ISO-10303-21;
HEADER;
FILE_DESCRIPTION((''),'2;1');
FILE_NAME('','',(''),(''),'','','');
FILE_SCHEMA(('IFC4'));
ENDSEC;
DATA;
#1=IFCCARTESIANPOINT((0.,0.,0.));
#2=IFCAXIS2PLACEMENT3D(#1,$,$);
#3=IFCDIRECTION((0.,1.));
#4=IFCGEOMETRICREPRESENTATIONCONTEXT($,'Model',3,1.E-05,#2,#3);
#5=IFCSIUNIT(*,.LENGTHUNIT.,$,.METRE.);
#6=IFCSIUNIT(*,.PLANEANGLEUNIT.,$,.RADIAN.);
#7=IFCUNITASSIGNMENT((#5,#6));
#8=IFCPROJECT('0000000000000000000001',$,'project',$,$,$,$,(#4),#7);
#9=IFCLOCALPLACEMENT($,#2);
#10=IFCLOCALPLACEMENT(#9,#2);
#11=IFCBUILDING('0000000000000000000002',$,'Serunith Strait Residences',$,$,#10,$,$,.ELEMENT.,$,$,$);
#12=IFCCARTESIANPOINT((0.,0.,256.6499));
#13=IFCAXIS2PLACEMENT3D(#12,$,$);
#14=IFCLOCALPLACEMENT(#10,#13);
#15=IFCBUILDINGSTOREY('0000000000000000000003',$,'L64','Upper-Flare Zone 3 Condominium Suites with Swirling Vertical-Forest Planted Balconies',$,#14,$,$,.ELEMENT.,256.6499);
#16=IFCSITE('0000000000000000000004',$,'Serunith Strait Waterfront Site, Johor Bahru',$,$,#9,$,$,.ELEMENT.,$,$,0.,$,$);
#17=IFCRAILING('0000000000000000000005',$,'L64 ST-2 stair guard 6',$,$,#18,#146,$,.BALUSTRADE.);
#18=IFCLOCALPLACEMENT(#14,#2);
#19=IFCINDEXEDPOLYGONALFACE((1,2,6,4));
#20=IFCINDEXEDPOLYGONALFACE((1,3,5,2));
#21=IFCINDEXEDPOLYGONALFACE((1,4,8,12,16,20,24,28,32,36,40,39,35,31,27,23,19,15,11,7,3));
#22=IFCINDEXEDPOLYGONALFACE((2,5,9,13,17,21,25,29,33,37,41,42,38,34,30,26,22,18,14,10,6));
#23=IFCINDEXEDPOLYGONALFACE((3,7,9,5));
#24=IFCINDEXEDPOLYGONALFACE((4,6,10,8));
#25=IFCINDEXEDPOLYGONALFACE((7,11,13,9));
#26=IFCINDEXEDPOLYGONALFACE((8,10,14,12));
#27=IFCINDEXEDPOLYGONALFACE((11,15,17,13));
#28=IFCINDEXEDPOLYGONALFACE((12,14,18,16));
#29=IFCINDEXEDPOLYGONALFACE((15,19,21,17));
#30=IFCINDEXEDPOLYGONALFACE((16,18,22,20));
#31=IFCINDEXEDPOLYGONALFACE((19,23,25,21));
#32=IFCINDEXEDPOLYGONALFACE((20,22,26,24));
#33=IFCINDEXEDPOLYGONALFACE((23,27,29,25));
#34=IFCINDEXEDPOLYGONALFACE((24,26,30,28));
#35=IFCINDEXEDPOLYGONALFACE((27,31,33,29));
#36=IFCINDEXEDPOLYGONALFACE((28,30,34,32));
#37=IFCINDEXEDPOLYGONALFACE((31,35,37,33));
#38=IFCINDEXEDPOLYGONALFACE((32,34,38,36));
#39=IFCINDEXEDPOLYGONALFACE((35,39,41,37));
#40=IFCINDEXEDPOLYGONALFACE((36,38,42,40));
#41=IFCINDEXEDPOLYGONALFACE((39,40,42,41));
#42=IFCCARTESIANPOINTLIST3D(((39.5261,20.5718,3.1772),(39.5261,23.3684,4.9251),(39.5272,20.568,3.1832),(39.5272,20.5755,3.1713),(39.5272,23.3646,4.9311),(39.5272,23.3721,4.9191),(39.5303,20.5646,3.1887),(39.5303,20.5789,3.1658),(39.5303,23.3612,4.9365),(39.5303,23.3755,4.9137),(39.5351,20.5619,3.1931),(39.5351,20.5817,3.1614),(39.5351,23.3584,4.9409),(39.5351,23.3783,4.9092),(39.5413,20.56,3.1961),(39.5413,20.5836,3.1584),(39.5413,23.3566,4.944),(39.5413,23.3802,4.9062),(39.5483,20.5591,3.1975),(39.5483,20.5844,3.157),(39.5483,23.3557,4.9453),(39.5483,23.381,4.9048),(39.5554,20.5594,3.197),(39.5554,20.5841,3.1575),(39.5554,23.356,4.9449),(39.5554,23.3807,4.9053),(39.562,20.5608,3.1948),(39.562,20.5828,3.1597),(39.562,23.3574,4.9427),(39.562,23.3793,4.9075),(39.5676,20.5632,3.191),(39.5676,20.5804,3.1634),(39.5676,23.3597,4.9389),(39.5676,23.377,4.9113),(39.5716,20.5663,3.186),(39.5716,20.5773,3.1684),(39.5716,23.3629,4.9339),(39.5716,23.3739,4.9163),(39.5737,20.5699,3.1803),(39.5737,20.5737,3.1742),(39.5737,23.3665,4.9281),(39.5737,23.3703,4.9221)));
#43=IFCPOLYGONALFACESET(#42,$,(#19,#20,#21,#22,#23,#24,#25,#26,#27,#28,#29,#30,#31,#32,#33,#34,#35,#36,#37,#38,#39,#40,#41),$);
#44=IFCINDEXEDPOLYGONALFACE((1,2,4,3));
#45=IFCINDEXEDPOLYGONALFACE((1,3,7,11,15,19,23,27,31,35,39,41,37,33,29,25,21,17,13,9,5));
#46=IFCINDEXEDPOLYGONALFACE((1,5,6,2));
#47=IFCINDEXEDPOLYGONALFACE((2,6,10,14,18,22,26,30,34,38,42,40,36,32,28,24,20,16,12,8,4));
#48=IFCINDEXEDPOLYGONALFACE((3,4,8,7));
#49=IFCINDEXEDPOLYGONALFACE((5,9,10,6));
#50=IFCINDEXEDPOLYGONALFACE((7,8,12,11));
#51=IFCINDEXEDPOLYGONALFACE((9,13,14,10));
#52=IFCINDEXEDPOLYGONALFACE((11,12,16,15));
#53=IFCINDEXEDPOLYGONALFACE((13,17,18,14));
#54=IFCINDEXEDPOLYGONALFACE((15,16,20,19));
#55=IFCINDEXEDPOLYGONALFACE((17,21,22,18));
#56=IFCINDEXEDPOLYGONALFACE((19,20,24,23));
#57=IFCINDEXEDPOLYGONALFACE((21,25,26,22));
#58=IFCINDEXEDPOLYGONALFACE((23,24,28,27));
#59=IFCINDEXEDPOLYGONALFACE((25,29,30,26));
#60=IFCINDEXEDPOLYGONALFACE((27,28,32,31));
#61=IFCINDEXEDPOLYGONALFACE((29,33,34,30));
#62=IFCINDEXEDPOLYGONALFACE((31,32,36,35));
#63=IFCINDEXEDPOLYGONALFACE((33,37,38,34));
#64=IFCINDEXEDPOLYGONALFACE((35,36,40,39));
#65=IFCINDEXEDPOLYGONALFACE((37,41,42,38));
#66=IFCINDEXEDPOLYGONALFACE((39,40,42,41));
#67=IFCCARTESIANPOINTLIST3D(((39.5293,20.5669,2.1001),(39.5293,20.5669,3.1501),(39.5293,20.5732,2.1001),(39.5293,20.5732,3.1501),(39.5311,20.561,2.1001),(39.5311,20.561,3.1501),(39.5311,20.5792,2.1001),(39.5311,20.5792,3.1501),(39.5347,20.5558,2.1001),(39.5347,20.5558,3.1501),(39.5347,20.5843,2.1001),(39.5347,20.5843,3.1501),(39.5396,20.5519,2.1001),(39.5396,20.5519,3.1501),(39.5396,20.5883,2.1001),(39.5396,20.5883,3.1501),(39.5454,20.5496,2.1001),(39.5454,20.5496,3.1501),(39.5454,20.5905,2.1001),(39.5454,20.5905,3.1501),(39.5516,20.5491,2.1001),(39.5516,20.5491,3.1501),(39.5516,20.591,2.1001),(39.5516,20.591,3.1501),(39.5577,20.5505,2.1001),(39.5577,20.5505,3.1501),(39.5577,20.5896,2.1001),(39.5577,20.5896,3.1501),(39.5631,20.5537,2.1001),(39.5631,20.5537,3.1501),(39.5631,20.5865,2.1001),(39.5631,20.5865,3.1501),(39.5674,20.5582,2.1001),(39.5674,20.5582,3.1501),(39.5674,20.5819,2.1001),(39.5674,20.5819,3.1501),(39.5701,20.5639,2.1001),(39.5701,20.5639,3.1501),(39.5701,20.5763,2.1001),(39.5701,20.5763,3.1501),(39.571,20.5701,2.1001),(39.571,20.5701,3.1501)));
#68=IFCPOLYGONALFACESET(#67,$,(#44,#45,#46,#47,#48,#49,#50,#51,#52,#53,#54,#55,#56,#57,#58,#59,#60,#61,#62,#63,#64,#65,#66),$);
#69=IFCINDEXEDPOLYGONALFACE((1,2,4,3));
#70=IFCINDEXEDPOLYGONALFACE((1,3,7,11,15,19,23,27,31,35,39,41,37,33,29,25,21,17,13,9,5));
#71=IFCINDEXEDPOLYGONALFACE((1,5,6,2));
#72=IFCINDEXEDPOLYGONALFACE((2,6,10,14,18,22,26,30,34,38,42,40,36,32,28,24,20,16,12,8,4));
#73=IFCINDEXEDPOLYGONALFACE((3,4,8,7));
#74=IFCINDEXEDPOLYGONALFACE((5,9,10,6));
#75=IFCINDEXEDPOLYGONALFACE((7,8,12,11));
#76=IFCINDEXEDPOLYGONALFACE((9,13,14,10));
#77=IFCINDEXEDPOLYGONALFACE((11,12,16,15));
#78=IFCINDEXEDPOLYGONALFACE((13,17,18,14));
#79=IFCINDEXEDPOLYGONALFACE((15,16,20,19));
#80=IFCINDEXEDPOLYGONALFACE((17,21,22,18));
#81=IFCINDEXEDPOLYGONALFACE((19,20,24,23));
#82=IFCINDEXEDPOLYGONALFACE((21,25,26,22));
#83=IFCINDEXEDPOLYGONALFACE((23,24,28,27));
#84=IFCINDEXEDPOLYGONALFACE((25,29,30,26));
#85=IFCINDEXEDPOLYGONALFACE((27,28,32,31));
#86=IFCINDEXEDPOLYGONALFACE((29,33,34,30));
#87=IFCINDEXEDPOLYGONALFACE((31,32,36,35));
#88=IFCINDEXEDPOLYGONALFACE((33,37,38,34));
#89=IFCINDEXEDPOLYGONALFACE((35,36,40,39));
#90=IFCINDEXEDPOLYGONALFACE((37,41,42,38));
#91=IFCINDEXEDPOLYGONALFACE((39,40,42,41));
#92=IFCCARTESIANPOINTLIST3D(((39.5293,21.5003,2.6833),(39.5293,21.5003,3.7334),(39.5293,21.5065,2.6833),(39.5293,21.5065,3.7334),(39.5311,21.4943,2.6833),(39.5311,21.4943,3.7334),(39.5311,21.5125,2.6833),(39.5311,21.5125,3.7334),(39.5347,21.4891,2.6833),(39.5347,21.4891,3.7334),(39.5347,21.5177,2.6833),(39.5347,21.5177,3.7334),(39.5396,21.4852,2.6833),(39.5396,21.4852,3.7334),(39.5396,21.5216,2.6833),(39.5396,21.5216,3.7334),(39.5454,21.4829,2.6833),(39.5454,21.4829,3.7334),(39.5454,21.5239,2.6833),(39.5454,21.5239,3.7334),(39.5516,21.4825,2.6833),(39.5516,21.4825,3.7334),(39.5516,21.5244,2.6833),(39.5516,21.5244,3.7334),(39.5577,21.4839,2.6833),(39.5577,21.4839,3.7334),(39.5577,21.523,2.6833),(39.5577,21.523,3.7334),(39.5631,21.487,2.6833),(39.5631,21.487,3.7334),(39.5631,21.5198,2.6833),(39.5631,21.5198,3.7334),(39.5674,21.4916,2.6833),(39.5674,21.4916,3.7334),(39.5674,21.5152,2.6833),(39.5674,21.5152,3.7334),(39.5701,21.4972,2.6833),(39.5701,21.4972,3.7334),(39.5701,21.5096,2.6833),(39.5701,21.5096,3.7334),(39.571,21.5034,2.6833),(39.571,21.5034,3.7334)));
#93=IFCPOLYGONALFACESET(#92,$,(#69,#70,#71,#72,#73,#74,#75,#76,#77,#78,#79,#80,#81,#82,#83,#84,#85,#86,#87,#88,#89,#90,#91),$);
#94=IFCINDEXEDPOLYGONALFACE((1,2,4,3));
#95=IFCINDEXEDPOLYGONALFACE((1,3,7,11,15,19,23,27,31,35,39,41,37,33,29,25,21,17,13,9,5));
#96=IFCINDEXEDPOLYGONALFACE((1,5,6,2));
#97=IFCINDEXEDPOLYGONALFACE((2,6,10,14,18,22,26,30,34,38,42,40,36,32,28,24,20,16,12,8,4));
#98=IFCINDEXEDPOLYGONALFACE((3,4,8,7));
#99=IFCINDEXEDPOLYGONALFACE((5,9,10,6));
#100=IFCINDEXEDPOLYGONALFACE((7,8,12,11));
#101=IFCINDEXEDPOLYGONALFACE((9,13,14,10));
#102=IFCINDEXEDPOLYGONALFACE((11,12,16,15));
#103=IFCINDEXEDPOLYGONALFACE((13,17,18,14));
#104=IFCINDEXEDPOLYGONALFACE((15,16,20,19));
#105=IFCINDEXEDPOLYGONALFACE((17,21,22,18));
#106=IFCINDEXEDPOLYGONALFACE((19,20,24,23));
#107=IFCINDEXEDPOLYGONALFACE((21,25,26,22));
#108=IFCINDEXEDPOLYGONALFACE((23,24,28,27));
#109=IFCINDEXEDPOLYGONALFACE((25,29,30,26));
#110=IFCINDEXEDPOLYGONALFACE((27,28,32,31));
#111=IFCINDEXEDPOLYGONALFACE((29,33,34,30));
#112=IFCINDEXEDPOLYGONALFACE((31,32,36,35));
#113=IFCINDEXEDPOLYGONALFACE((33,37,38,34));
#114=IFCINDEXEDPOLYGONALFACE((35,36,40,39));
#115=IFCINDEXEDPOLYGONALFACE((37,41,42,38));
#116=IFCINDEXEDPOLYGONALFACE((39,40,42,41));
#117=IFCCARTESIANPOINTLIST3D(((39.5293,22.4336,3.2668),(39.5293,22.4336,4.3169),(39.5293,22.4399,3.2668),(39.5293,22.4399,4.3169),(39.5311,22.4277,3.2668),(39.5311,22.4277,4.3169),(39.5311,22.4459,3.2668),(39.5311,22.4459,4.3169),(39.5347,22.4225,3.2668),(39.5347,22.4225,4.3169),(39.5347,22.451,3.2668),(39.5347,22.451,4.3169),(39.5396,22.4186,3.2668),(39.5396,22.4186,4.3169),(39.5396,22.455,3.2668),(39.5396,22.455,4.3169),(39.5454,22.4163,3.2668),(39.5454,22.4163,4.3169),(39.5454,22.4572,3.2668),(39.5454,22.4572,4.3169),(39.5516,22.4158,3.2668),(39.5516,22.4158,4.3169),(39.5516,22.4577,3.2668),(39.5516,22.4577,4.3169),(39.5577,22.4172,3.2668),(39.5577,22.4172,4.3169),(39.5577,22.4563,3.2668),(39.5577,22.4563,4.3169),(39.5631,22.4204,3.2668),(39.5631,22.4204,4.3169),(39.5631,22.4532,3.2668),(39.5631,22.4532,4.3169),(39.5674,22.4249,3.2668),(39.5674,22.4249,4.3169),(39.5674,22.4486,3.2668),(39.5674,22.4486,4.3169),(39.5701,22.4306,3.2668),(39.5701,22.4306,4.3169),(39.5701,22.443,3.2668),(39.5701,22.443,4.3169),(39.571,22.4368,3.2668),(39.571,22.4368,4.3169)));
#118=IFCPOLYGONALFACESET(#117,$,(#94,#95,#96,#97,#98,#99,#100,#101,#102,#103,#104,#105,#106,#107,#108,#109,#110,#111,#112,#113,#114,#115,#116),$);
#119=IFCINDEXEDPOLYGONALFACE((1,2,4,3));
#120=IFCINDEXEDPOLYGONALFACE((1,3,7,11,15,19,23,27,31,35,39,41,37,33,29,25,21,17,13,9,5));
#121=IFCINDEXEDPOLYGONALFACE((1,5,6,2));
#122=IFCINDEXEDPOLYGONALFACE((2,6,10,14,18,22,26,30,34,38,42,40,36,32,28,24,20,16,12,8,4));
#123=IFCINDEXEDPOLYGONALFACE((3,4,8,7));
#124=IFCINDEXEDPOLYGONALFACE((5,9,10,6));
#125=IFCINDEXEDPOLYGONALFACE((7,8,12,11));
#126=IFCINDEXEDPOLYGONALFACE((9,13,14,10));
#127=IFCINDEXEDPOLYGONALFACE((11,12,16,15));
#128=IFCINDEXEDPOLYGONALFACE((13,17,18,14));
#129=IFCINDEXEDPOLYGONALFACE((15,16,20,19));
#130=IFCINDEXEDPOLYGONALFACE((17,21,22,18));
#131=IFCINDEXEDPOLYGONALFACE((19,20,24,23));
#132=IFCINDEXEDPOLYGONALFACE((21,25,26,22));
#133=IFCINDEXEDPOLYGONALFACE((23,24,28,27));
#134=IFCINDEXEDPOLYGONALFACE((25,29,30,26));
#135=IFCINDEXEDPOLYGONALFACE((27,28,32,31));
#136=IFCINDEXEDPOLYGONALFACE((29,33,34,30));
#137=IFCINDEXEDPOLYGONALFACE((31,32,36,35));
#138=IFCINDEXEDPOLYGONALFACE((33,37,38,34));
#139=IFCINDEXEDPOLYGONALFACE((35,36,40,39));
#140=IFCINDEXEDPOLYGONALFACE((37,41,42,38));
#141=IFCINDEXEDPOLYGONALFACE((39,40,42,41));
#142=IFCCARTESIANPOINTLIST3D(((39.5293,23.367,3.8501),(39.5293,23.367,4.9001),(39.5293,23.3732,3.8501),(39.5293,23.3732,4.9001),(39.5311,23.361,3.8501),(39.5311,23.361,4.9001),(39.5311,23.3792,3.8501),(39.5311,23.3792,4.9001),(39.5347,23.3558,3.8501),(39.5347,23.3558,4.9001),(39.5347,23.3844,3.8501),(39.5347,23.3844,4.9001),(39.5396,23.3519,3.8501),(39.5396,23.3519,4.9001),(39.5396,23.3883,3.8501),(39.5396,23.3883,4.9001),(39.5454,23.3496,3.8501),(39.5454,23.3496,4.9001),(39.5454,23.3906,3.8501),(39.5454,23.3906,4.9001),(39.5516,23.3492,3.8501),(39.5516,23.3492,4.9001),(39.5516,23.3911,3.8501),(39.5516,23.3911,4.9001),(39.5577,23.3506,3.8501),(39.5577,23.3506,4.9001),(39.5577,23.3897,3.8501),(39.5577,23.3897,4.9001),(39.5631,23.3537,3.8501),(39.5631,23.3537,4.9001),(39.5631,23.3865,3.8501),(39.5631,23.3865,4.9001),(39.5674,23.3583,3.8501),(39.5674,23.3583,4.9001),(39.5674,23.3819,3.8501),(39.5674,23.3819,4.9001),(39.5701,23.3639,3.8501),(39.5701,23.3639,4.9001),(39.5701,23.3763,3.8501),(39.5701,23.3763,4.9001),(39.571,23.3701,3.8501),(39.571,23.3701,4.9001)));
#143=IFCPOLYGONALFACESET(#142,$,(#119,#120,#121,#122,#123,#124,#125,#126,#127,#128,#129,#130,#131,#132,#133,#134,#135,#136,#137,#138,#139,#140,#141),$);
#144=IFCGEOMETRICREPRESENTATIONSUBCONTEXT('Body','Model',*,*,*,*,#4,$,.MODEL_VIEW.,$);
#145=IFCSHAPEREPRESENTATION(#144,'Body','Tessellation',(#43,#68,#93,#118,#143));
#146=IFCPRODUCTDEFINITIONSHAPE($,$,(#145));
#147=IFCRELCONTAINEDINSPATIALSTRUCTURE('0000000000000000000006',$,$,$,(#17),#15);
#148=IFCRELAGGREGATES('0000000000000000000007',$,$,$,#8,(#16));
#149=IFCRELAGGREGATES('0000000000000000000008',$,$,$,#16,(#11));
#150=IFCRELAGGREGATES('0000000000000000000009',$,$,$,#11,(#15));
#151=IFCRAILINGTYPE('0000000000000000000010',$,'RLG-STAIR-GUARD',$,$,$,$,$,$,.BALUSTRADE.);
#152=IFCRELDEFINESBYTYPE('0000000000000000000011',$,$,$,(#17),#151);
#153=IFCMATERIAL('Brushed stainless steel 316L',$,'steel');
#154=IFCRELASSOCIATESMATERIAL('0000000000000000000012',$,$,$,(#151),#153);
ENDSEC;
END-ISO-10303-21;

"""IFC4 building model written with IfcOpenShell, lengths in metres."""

from ifc_helpers import new_model, si_unit, direction, frame, origin, origin_2d, place, context, subcontext, project, spatial, circle, extrude, material, type_object, element, save


model = new_model("IFC4")

# Units and contexts
model_context = context("Model", 3, precision=1e-05, world=origin(), true_north=direction((0.0, 1.0)))
body_context = subcontext(model_context, "Body", "Model", "MODEL_VIEW")
ifc_project = project(units=[si_unit("LENGTHUNIT", "METRE"), si_unit("PLANEANGLEUNIT", "RADIAN")], contexts=[model_context])

# Site, building, storey
site_placement = place(None, origin())
site = spatial("IfcSite", under=ifc_project, at=site_placement, Name="Serunith Strait Waterfront Site, Johor Bahru", CompositionType="ELEMENT", RefElevation=0.0)
building_placement = place(site_placement, origin())
building = spatial("IfcBuilding", under=site, at=building_placement, Name="Serunith Strait Residences", CompositionType="ELEMENT")
storey_placement = place(building_placement, frame((0.0, 0.0, 256.6499)))
storey = spatial("IfcBuildingStorey", under=building, at=storey_placement, Name="L64", Description="Upper-Flare Zone 3 Condominium Suites with Swirling Vertical-Forest Planted Balconies", CompositionType="ELEMENT", Elevation=256.6499)

# Railing
ifc_material_1 = material(Name="Brushed stainless steel 316L", Category="steel")
railing_type_1 = type_object("IfcRailingType", Name="RLG-STAIR-GUARD", PredefinedType="BALUSTRADE", material=ifc_material_1)
railing_1_placement = place(storey_placement, frame((39.55, 20.5701, 2.1001)))
element("IfcRailing", 1, at=railing_1_placement, inside=storey, type_object=railing_type_1, Name="L64 ST-2 stair guard 6", PredefinedType="BALUSTRADE", context=body_context, shape_type="SweptSolid", body=[
    extrude(circle(Radius=0.0239, at=origin_2d()), frame((0.0, 0.0017, 1.0771), z_axis=(0.0, 0.848002, 0.529992), x_axis=(-1.0, 0.0, 0.0)), (0.0, 0.0, 1.0), 3.2979),
    extrude(circle(Radius=0.021, at=origin_2d()), origin(), (0.0, 0.0, 1.0), 1.05),
    extrude(circle(Radius=0.021, at=origin_2d()), frame((0.0, 0.9333, 0.5833)), (0.0, 0.0, 1.0), 1.05),
    extrude(circle(Radius=0.021, at=origin_2d()), frame((0.0, 1.8667, 1.1667)), (0.0, 0.0, 1.0), 1.05),
    extrude(circle(Radius=0.021, at=origin_2d()), frame((0.0, 2.8, 1.75)), (0.0, 0.0, 1.0), 1.05),
])

save(model, "model.ifc")
